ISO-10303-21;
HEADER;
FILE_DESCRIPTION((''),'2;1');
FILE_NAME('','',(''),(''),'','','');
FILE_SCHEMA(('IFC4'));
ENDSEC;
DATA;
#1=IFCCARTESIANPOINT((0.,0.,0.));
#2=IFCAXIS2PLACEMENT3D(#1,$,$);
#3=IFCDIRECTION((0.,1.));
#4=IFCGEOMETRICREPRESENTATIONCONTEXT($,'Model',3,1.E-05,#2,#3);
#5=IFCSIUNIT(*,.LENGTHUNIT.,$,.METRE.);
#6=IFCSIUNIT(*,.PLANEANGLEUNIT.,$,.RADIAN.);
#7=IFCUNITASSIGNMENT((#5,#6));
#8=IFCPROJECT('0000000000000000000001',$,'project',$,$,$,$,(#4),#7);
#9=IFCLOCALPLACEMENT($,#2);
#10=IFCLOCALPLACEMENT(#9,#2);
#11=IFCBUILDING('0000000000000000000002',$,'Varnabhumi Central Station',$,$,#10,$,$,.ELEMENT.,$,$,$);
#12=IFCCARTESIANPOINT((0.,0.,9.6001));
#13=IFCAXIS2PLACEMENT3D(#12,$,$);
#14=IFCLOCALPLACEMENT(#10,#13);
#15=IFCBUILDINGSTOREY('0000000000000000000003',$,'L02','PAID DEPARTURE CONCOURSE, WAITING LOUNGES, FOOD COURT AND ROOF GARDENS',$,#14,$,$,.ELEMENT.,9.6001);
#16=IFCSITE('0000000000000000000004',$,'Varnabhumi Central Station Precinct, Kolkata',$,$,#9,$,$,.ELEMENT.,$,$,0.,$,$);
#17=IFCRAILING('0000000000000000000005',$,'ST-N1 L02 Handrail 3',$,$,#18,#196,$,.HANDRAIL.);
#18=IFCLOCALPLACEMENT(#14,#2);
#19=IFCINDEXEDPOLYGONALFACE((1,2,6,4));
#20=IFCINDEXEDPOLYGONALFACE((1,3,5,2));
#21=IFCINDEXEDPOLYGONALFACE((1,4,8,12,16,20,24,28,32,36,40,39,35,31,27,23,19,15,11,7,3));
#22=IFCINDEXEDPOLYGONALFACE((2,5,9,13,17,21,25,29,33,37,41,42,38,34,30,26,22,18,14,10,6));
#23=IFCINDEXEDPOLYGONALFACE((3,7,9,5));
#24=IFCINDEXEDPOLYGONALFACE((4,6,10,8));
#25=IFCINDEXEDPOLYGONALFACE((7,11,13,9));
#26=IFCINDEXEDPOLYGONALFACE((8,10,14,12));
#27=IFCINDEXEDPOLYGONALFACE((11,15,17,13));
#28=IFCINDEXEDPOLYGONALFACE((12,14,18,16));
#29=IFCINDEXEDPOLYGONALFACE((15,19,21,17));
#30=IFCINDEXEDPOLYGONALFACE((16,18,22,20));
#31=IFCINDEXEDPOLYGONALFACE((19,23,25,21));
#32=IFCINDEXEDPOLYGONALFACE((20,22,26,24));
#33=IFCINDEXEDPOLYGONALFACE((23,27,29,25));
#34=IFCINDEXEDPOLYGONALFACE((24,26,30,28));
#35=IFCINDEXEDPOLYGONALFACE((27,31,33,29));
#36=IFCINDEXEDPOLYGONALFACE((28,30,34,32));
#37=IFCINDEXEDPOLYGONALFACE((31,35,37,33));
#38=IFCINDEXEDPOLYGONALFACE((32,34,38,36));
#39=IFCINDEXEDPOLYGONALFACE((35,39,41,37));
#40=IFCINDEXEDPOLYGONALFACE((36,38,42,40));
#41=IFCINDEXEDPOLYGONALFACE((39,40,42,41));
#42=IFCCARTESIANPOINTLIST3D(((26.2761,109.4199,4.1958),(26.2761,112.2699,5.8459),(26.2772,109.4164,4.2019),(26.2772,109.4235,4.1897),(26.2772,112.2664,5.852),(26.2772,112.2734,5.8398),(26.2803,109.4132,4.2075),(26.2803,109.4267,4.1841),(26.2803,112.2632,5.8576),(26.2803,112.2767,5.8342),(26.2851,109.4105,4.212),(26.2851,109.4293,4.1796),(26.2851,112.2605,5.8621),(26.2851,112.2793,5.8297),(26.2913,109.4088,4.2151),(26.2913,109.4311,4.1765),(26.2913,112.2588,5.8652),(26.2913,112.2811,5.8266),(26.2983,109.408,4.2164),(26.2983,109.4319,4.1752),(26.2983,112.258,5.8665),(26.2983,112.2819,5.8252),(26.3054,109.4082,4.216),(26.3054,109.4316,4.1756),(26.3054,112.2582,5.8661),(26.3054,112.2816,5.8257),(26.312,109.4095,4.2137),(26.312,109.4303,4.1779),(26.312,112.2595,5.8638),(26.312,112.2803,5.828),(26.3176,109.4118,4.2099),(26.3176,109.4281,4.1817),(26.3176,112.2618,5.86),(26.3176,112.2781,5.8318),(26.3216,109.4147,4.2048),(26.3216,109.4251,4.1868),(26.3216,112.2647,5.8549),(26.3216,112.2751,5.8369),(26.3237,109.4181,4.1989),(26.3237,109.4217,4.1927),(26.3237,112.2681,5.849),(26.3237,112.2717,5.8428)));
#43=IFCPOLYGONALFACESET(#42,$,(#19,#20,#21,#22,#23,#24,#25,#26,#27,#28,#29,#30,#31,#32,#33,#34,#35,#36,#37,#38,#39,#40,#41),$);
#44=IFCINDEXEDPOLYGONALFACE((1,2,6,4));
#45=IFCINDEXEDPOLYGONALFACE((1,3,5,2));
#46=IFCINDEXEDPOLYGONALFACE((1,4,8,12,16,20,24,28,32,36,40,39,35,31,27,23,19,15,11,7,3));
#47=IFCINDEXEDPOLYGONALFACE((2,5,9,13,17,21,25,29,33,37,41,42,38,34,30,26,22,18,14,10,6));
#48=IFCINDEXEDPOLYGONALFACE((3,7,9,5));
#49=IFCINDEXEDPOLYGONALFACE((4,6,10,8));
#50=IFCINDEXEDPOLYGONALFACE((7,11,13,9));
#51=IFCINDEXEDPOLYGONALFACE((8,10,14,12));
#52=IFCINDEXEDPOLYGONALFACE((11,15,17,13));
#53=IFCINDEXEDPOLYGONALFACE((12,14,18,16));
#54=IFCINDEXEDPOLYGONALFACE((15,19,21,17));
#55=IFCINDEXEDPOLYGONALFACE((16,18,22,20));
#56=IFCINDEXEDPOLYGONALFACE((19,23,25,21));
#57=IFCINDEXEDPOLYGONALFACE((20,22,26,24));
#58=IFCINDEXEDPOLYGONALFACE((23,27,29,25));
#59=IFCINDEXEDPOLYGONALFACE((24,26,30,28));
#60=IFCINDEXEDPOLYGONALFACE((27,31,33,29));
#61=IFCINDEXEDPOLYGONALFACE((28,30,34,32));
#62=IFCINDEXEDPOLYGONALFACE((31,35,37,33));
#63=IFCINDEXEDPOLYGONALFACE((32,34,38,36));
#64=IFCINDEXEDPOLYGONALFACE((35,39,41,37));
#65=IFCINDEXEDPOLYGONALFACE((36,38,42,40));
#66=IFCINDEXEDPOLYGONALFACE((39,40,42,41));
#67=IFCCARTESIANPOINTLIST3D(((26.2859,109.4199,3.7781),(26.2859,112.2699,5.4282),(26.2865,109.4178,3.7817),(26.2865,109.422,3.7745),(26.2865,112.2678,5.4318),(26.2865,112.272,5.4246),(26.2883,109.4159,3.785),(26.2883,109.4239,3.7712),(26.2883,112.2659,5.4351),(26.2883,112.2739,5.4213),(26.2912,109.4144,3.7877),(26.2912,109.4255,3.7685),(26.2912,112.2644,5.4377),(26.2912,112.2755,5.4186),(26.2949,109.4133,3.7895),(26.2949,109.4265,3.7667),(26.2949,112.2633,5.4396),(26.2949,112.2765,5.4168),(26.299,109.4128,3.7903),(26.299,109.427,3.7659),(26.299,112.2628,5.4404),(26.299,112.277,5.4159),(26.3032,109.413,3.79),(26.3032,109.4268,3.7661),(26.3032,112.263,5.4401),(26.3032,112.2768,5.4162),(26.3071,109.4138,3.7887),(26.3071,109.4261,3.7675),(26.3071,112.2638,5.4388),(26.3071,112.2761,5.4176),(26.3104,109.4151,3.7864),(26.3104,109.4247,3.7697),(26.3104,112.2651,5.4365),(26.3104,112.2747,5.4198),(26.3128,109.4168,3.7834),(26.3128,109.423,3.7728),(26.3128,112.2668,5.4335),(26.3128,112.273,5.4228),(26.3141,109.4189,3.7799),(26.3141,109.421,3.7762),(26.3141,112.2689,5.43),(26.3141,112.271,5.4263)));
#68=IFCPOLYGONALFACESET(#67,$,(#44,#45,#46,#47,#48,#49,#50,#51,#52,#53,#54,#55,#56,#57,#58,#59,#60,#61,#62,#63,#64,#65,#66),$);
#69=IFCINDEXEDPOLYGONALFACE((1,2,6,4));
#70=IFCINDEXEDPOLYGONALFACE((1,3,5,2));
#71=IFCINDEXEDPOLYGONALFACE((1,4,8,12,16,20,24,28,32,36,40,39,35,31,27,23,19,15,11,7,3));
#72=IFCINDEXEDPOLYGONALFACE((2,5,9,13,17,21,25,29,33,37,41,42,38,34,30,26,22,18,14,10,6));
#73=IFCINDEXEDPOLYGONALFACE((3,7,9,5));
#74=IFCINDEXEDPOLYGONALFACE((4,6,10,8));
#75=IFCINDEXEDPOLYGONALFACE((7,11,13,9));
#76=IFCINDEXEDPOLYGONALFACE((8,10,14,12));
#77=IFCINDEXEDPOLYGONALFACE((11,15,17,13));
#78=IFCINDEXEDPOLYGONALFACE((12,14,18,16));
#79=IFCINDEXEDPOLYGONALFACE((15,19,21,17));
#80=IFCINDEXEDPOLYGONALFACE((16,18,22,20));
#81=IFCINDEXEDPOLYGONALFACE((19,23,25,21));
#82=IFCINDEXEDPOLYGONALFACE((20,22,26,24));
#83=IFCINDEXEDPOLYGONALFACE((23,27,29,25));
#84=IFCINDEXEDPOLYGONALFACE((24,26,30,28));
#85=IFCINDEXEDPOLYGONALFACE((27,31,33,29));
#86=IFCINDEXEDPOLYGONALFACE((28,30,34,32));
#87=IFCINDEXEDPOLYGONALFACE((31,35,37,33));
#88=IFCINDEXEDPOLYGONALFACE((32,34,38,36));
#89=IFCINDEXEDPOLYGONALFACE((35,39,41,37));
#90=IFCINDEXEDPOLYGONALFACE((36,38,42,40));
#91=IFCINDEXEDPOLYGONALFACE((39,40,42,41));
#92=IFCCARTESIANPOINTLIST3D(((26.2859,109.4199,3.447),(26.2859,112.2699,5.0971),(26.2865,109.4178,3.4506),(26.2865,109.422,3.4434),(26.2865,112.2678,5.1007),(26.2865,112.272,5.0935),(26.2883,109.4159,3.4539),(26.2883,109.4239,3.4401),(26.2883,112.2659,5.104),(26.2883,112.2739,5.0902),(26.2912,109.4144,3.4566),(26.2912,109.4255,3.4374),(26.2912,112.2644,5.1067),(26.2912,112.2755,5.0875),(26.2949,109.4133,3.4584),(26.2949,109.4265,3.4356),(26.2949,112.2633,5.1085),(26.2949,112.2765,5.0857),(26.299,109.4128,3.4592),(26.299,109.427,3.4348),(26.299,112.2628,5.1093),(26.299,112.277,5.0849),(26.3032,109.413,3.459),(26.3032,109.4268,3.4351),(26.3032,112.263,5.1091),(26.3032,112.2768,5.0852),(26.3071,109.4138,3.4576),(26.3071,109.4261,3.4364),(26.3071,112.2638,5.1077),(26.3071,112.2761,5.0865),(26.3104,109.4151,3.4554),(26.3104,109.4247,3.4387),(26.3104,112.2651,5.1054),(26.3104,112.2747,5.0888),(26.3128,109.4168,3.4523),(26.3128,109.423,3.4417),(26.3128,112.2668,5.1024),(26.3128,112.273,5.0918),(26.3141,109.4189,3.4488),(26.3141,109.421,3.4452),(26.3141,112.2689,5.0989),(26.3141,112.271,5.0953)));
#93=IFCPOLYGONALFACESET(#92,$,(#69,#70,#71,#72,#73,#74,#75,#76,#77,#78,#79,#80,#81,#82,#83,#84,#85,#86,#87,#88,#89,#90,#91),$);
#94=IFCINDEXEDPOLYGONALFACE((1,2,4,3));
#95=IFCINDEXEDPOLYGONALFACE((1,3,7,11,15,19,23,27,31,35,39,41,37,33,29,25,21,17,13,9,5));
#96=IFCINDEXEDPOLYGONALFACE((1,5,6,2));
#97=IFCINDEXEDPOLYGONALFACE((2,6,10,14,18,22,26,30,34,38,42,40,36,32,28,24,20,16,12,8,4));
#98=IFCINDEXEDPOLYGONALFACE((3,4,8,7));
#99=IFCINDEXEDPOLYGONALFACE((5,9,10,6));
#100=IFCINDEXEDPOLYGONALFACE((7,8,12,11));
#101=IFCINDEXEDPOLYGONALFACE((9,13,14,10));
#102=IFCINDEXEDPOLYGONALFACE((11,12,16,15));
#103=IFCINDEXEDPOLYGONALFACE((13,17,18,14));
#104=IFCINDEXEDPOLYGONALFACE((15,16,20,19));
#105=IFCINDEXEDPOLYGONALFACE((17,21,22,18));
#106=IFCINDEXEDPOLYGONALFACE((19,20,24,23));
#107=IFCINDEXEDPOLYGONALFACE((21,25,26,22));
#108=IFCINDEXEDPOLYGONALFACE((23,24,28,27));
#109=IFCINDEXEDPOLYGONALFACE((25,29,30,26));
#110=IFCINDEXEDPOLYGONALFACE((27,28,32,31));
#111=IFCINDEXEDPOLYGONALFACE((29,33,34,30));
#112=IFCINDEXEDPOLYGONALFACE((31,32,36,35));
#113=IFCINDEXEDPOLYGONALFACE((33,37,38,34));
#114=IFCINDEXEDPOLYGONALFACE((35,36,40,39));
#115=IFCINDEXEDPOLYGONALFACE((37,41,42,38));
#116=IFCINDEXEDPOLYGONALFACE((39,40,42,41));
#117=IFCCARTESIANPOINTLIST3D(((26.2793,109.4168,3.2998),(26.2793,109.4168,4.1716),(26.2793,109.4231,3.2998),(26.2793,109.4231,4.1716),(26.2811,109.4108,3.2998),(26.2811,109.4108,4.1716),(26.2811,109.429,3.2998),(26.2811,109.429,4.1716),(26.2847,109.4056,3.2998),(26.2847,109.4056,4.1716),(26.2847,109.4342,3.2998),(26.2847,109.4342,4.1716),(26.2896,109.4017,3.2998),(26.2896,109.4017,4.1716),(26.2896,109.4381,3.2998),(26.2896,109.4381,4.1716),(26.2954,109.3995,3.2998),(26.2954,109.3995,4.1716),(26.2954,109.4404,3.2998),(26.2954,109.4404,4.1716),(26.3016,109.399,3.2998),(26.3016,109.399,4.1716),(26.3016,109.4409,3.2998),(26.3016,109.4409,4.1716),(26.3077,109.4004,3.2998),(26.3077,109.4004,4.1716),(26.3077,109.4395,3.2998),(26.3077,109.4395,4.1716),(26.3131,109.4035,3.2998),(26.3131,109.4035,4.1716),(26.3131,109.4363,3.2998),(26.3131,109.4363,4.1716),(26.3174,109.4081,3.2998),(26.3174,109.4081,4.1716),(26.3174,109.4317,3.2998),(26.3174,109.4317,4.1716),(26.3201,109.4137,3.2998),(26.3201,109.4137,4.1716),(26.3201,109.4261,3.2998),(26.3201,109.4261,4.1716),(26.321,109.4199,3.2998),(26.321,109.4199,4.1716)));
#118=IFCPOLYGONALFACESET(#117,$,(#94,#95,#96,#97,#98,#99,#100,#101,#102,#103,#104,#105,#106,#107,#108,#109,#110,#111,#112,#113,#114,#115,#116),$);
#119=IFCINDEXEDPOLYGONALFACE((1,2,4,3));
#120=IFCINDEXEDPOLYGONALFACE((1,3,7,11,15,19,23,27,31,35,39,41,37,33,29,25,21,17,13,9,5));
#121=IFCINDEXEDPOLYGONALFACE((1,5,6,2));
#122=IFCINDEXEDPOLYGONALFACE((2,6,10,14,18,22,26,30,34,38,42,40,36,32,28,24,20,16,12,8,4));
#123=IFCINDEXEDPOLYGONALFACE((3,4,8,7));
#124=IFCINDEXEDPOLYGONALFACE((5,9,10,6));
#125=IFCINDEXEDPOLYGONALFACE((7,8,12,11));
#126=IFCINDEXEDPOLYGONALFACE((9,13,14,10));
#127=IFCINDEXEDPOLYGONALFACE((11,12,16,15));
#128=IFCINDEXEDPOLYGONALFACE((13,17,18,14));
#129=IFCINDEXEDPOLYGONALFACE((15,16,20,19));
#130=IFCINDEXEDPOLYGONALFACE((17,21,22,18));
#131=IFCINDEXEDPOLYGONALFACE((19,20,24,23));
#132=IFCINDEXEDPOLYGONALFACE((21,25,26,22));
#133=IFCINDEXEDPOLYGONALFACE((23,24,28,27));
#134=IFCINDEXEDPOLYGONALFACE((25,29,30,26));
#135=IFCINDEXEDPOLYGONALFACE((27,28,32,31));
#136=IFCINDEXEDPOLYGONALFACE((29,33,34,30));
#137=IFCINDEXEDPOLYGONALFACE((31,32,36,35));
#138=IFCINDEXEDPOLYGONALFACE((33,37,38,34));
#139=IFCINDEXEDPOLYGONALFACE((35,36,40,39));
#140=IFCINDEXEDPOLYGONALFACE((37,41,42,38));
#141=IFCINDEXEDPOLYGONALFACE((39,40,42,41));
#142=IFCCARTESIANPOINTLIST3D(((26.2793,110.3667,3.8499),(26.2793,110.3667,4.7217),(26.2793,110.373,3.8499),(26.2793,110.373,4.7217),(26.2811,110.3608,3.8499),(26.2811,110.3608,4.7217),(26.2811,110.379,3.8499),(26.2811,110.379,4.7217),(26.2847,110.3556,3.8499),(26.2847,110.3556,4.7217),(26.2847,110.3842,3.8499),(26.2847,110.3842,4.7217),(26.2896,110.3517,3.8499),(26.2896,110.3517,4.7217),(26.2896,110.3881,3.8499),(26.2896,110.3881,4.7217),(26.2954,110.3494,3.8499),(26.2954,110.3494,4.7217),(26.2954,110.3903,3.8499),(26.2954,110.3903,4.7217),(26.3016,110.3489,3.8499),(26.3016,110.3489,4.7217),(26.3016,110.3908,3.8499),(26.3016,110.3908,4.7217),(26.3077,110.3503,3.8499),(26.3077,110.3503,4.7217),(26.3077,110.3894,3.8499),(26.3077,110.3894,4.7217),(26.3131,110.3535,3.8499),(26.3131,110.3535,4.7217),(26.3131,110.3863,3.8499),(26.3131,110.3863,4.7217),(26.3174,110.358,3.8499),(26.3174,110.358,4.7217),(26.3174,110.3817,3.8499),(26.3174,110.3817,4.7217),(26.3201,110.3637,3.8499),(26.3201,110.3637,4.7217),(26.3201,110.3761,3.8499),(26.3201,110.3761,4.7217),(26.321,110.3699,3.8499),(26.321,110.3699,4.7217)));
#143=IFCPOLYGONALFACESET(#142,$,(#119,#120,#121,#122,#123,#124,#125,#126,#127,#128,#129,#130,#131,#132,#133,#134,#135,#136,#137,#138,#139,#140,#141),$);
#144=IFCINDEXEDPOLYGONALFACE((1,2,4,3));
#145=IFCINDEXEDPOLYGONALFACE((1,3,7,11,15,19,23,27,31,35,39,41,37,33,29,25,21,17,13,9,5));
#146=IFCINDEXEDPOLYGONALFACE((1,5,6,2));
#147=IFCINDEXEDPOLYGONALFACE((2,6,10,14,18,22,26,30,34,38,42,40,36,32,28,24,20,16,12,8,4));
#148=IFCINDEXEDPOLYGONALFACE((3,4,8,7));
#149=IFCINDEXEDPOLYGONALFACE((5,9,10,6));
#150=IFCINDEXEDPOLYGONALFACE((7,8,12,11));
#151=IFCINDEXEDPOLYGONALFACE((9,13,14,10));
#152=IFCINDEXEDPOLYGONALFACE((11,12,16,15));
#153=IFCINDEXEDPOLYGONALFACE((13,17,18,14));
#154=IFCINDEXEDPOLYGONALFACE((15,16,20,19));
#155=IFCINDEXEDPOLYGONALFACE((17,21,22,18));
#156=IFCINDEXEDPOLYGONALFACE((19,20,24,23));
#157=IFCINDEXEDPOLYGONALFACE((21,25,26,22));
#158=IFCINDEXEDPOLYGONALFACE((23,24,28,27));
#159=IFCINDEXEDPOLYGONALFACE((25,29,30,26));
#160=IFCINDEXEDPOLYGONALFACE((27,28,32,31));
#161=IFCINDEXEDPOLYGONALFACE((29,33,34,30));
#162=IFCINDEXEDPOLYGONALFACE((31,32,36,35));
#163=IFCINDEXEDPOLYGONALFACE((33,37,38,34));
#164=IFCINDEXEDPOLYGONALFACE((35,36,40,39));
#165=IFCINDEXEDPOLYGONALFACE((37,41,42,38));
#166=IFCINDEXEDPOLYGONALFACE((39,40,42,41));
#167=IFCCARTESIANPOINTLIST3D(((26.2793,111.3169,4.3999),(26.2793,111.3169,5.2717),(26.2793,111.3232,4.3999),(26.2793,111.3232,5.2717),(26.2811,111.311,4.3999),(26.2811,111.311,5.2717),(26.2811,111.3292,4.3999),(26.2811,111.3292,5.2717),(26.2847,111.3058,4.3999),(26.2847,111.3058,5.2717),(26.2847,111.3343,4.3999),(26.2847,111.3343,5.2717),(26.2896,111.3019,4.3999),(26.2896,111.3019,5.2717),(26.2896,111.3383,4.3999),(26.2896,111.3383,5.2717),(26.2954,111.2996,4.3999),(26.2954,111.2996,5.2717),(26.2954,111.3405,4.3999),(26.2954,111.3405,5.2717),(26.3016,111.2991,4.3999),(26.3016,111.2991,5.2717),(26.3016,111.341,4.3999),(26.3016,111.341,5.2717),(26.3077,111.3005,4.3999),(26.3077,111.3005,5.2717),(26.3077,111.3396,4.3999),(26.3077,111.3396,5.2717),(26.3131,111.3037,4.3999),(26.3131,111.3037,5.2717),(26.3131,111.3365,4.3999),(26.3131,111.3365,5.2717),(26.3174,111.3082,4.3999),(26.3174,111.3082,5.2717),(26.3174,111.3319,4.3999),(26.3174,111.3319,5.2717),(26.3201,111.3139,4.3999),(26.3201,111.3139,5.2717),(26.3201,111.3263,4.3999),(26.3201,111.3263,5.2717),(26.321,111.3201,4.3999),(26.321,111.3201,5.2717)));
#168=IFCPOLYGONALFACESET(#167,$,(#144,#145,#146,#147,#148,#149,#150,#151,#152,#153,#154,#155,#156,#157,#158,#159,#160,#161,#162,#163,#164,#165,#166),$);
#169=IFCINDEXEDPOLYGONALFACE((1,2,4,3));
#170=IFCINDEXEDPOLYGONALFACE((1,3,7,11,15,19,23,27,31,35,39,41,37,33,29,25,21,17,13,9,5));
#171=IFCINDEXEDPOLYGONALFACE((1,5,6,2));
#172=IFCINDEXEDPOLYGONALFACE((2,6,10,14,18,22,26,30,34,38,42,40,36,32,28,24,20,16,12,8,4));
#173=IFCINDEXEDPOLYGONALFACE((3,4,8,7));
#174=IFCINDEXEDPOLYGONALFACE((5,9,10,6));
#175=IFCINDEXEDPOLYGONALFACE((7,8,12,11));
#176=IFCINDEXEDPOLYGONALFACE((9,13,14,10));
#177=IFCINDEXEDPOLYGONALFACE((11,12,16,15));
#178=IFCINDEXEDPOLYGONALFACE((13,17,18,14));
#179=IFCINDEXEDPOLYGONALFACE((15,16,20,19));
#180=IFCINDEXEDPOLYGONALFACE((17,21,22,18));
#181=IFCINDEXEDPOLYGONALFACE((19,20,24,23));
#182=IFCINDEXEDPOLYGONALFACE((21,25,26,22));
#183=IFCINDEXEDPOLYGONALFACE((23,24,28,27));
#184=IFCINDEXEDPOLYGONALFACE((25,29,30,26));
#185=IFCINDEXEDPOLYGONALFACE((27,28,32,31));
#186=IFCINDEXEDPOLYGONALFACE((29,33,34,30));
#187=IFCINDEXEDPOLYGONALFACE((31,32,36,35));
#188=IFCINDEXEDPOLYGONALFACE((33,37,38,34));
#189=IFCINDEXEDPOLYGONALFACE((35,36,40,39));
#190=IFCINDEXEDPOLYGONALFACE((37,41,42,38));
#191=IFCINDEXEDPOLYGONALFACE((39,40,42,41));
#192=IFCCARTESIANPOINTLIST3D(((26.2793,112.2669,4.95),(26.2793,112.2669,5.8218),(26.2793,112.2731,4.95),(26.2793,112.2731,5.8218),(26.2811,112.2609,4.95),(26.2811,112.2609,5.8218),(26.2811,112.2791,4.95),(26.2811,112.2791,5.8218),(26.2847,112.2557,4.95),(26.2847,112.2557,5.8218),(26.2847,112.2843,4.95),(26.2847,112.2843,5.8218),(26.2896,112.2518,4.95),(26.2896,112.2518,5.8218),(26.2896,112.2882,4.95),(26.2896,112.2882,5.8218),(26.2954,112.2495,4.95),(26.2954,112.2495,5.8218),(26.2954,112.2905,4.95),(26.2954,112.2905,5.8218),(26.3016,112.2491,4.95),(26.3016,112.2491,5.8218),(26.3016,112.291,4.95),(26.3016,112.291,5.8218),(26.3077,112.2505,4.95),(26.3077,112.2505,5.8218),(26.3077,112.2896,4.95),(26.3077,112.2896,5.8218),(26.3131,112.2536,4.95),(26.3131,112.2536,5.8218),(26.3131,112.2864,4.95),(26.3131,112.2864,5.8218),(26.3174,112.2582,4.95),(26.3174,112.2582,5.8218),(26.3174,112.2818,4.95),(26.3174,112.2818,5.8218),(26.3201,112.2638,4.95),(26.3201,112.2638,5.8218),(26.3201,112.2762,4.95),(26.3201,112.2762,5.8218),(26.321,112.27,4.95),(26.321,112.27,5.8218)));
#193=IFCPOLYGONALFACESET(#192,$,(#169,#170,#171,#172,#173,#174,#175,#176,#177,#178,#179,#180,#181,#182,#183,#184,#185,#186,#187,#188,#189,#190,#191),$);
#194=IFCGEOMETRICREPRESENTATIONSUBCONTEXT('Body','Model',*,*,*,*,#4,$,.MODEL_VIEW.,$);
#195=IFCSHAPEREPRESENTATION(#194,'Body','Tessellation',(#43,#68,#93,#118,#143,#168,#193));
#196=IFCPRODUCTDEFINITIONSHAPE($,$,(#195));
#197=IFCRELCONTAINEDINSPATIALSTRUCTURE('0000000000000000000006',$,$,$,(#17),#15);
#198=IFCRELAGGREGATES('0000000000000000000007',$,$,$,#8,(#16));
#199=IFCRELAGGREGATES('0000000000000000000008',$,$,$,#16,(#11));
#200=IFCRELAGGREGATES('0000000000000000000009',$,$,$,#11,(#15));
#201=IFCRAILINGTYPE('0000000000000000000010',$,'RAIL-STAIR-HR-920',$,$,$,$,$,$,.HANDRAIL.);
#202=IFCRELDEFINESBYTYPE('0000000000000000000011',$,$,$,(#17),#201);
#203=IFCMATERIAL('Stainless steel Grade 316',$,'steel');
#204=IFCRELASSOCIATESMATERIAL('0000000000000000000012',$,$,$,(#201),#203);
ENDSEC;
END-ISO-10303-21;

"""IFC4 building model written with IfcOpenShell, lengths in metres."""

from ifc_helpers import new_model, si_unit, direction, frame, origin, origin_2d, place, context, subcontext, project, spatial, circle, extrude, material, type_object, element, save


model = new_model("IFC4")

# Units and contexts
model_context = context("Model", 3, precision=1e-05, world=origin(), true_north=direction((0.0, 1.0)))
body_context = subcontext(model_context, "Body", "Model", "MODEL_VIEW")
ifc_project = project(units=[si_unit("LENGTHUNIT", "METRE"), si_unit("PLANEANGLEUNIT", "RADIAN")], contexts=[model_context])

# Site, building, storey
site_placement = place(None, origin())
site = spatial("IfcSite", under=ifc_project, at=site_placement, Name="Varnabhumi Central Station Precinct, Kolkata", CompositionType="ELEMENT", RefElevation=0.0)
building_placement = place(site_placement, origin())
building = spatial("IfcBuilding", under=site, at=building_placement, Name="Varnabhumi Central Station", CompositionType="ELEMENT")
storey_placement = place(building_placement, frame((0.0, 0.0, 9.6001)))
storey = spatial("IfcBuildingStorey", under=building, at=storey_placement, Name="L02", Description="PAID DEPARTURE CONCOURSE, WAITING LOUNGES, FOOD COURT AND ROOF GARDENS", CompositionType="ELEMENT", Elevation=9.6001)

# Shared definitions
ifc_material_1 = material(Name="Stainless steel Grade 316", Category="steel")

# Railing
railing_type_1 = type_object("IfcRailingType", Name="RAIL-STAIR-HR-920", PredefinedType="HANDRAIL", material=ifc_material_1)
railing_1_placement = place(storey_placement, frame((26.3, 109.4199, 3.2998)))
element("IfcRailing", 1, at=railing_1_placement, inside=storey, type_object=railing_type_1, Name="ST-N1 L02 Handrail 3", PredefinedType="HANDRAIL", context=body_context, shape_type="SweptSolid", body=[
    extrude(circle(Radius=0.0239, at=origin_2d()), frame((0.0, 0.0, 0.896), z_axis=(0.0, 0.865414, 0.501057), x_axis=(-1.0, 0.0, 0.0)), (0.0, 0.0, 1.0), 3.2932),
    extrude(circle(Radius=0.0142, at=origin_2d()), frame((0.0, 0.0, 0.4783), z_axis=(0.0, 0.865414, 0.501057), x_axis=(-1.0, 0.0, 0.0)), (0.0, 0.0, 1.0), 3.2932),
    extrude(circle(Radius=0.0142, at=origin_2d()), frame((0.0, 0.0, 0.1472), z_axis=(0.0, 0.865414, 0.501057), x_axis=(-1.0, 0.0, 0.0)), (0.0, 0.0, 1.0), 3.2932),
    extrude(circle(Radius=0.021, at=origin_2d()), origin(), (0.0, 0.0, 1.0), 0.8718),
    extrude(circle(Radius=0.021, at=origin_2d()), frame((0.0, 0.95, 0.55)), (0.0, 0.0, 1.0), 0.8718),
    extrude(circle(Radius=0.021, at=origin_2d()), frame((0.0, 1.9001, 1.1001)), (0.0, 0.0, 1.0), 0.8718),
    extrude(circle(Radius=0.021, at=origin_2d()), frame((0.0, 2.8501, 1.6501)), (0.0, 0.0, 1.0), 0.8718),
])

save(model, "model.ifc")
